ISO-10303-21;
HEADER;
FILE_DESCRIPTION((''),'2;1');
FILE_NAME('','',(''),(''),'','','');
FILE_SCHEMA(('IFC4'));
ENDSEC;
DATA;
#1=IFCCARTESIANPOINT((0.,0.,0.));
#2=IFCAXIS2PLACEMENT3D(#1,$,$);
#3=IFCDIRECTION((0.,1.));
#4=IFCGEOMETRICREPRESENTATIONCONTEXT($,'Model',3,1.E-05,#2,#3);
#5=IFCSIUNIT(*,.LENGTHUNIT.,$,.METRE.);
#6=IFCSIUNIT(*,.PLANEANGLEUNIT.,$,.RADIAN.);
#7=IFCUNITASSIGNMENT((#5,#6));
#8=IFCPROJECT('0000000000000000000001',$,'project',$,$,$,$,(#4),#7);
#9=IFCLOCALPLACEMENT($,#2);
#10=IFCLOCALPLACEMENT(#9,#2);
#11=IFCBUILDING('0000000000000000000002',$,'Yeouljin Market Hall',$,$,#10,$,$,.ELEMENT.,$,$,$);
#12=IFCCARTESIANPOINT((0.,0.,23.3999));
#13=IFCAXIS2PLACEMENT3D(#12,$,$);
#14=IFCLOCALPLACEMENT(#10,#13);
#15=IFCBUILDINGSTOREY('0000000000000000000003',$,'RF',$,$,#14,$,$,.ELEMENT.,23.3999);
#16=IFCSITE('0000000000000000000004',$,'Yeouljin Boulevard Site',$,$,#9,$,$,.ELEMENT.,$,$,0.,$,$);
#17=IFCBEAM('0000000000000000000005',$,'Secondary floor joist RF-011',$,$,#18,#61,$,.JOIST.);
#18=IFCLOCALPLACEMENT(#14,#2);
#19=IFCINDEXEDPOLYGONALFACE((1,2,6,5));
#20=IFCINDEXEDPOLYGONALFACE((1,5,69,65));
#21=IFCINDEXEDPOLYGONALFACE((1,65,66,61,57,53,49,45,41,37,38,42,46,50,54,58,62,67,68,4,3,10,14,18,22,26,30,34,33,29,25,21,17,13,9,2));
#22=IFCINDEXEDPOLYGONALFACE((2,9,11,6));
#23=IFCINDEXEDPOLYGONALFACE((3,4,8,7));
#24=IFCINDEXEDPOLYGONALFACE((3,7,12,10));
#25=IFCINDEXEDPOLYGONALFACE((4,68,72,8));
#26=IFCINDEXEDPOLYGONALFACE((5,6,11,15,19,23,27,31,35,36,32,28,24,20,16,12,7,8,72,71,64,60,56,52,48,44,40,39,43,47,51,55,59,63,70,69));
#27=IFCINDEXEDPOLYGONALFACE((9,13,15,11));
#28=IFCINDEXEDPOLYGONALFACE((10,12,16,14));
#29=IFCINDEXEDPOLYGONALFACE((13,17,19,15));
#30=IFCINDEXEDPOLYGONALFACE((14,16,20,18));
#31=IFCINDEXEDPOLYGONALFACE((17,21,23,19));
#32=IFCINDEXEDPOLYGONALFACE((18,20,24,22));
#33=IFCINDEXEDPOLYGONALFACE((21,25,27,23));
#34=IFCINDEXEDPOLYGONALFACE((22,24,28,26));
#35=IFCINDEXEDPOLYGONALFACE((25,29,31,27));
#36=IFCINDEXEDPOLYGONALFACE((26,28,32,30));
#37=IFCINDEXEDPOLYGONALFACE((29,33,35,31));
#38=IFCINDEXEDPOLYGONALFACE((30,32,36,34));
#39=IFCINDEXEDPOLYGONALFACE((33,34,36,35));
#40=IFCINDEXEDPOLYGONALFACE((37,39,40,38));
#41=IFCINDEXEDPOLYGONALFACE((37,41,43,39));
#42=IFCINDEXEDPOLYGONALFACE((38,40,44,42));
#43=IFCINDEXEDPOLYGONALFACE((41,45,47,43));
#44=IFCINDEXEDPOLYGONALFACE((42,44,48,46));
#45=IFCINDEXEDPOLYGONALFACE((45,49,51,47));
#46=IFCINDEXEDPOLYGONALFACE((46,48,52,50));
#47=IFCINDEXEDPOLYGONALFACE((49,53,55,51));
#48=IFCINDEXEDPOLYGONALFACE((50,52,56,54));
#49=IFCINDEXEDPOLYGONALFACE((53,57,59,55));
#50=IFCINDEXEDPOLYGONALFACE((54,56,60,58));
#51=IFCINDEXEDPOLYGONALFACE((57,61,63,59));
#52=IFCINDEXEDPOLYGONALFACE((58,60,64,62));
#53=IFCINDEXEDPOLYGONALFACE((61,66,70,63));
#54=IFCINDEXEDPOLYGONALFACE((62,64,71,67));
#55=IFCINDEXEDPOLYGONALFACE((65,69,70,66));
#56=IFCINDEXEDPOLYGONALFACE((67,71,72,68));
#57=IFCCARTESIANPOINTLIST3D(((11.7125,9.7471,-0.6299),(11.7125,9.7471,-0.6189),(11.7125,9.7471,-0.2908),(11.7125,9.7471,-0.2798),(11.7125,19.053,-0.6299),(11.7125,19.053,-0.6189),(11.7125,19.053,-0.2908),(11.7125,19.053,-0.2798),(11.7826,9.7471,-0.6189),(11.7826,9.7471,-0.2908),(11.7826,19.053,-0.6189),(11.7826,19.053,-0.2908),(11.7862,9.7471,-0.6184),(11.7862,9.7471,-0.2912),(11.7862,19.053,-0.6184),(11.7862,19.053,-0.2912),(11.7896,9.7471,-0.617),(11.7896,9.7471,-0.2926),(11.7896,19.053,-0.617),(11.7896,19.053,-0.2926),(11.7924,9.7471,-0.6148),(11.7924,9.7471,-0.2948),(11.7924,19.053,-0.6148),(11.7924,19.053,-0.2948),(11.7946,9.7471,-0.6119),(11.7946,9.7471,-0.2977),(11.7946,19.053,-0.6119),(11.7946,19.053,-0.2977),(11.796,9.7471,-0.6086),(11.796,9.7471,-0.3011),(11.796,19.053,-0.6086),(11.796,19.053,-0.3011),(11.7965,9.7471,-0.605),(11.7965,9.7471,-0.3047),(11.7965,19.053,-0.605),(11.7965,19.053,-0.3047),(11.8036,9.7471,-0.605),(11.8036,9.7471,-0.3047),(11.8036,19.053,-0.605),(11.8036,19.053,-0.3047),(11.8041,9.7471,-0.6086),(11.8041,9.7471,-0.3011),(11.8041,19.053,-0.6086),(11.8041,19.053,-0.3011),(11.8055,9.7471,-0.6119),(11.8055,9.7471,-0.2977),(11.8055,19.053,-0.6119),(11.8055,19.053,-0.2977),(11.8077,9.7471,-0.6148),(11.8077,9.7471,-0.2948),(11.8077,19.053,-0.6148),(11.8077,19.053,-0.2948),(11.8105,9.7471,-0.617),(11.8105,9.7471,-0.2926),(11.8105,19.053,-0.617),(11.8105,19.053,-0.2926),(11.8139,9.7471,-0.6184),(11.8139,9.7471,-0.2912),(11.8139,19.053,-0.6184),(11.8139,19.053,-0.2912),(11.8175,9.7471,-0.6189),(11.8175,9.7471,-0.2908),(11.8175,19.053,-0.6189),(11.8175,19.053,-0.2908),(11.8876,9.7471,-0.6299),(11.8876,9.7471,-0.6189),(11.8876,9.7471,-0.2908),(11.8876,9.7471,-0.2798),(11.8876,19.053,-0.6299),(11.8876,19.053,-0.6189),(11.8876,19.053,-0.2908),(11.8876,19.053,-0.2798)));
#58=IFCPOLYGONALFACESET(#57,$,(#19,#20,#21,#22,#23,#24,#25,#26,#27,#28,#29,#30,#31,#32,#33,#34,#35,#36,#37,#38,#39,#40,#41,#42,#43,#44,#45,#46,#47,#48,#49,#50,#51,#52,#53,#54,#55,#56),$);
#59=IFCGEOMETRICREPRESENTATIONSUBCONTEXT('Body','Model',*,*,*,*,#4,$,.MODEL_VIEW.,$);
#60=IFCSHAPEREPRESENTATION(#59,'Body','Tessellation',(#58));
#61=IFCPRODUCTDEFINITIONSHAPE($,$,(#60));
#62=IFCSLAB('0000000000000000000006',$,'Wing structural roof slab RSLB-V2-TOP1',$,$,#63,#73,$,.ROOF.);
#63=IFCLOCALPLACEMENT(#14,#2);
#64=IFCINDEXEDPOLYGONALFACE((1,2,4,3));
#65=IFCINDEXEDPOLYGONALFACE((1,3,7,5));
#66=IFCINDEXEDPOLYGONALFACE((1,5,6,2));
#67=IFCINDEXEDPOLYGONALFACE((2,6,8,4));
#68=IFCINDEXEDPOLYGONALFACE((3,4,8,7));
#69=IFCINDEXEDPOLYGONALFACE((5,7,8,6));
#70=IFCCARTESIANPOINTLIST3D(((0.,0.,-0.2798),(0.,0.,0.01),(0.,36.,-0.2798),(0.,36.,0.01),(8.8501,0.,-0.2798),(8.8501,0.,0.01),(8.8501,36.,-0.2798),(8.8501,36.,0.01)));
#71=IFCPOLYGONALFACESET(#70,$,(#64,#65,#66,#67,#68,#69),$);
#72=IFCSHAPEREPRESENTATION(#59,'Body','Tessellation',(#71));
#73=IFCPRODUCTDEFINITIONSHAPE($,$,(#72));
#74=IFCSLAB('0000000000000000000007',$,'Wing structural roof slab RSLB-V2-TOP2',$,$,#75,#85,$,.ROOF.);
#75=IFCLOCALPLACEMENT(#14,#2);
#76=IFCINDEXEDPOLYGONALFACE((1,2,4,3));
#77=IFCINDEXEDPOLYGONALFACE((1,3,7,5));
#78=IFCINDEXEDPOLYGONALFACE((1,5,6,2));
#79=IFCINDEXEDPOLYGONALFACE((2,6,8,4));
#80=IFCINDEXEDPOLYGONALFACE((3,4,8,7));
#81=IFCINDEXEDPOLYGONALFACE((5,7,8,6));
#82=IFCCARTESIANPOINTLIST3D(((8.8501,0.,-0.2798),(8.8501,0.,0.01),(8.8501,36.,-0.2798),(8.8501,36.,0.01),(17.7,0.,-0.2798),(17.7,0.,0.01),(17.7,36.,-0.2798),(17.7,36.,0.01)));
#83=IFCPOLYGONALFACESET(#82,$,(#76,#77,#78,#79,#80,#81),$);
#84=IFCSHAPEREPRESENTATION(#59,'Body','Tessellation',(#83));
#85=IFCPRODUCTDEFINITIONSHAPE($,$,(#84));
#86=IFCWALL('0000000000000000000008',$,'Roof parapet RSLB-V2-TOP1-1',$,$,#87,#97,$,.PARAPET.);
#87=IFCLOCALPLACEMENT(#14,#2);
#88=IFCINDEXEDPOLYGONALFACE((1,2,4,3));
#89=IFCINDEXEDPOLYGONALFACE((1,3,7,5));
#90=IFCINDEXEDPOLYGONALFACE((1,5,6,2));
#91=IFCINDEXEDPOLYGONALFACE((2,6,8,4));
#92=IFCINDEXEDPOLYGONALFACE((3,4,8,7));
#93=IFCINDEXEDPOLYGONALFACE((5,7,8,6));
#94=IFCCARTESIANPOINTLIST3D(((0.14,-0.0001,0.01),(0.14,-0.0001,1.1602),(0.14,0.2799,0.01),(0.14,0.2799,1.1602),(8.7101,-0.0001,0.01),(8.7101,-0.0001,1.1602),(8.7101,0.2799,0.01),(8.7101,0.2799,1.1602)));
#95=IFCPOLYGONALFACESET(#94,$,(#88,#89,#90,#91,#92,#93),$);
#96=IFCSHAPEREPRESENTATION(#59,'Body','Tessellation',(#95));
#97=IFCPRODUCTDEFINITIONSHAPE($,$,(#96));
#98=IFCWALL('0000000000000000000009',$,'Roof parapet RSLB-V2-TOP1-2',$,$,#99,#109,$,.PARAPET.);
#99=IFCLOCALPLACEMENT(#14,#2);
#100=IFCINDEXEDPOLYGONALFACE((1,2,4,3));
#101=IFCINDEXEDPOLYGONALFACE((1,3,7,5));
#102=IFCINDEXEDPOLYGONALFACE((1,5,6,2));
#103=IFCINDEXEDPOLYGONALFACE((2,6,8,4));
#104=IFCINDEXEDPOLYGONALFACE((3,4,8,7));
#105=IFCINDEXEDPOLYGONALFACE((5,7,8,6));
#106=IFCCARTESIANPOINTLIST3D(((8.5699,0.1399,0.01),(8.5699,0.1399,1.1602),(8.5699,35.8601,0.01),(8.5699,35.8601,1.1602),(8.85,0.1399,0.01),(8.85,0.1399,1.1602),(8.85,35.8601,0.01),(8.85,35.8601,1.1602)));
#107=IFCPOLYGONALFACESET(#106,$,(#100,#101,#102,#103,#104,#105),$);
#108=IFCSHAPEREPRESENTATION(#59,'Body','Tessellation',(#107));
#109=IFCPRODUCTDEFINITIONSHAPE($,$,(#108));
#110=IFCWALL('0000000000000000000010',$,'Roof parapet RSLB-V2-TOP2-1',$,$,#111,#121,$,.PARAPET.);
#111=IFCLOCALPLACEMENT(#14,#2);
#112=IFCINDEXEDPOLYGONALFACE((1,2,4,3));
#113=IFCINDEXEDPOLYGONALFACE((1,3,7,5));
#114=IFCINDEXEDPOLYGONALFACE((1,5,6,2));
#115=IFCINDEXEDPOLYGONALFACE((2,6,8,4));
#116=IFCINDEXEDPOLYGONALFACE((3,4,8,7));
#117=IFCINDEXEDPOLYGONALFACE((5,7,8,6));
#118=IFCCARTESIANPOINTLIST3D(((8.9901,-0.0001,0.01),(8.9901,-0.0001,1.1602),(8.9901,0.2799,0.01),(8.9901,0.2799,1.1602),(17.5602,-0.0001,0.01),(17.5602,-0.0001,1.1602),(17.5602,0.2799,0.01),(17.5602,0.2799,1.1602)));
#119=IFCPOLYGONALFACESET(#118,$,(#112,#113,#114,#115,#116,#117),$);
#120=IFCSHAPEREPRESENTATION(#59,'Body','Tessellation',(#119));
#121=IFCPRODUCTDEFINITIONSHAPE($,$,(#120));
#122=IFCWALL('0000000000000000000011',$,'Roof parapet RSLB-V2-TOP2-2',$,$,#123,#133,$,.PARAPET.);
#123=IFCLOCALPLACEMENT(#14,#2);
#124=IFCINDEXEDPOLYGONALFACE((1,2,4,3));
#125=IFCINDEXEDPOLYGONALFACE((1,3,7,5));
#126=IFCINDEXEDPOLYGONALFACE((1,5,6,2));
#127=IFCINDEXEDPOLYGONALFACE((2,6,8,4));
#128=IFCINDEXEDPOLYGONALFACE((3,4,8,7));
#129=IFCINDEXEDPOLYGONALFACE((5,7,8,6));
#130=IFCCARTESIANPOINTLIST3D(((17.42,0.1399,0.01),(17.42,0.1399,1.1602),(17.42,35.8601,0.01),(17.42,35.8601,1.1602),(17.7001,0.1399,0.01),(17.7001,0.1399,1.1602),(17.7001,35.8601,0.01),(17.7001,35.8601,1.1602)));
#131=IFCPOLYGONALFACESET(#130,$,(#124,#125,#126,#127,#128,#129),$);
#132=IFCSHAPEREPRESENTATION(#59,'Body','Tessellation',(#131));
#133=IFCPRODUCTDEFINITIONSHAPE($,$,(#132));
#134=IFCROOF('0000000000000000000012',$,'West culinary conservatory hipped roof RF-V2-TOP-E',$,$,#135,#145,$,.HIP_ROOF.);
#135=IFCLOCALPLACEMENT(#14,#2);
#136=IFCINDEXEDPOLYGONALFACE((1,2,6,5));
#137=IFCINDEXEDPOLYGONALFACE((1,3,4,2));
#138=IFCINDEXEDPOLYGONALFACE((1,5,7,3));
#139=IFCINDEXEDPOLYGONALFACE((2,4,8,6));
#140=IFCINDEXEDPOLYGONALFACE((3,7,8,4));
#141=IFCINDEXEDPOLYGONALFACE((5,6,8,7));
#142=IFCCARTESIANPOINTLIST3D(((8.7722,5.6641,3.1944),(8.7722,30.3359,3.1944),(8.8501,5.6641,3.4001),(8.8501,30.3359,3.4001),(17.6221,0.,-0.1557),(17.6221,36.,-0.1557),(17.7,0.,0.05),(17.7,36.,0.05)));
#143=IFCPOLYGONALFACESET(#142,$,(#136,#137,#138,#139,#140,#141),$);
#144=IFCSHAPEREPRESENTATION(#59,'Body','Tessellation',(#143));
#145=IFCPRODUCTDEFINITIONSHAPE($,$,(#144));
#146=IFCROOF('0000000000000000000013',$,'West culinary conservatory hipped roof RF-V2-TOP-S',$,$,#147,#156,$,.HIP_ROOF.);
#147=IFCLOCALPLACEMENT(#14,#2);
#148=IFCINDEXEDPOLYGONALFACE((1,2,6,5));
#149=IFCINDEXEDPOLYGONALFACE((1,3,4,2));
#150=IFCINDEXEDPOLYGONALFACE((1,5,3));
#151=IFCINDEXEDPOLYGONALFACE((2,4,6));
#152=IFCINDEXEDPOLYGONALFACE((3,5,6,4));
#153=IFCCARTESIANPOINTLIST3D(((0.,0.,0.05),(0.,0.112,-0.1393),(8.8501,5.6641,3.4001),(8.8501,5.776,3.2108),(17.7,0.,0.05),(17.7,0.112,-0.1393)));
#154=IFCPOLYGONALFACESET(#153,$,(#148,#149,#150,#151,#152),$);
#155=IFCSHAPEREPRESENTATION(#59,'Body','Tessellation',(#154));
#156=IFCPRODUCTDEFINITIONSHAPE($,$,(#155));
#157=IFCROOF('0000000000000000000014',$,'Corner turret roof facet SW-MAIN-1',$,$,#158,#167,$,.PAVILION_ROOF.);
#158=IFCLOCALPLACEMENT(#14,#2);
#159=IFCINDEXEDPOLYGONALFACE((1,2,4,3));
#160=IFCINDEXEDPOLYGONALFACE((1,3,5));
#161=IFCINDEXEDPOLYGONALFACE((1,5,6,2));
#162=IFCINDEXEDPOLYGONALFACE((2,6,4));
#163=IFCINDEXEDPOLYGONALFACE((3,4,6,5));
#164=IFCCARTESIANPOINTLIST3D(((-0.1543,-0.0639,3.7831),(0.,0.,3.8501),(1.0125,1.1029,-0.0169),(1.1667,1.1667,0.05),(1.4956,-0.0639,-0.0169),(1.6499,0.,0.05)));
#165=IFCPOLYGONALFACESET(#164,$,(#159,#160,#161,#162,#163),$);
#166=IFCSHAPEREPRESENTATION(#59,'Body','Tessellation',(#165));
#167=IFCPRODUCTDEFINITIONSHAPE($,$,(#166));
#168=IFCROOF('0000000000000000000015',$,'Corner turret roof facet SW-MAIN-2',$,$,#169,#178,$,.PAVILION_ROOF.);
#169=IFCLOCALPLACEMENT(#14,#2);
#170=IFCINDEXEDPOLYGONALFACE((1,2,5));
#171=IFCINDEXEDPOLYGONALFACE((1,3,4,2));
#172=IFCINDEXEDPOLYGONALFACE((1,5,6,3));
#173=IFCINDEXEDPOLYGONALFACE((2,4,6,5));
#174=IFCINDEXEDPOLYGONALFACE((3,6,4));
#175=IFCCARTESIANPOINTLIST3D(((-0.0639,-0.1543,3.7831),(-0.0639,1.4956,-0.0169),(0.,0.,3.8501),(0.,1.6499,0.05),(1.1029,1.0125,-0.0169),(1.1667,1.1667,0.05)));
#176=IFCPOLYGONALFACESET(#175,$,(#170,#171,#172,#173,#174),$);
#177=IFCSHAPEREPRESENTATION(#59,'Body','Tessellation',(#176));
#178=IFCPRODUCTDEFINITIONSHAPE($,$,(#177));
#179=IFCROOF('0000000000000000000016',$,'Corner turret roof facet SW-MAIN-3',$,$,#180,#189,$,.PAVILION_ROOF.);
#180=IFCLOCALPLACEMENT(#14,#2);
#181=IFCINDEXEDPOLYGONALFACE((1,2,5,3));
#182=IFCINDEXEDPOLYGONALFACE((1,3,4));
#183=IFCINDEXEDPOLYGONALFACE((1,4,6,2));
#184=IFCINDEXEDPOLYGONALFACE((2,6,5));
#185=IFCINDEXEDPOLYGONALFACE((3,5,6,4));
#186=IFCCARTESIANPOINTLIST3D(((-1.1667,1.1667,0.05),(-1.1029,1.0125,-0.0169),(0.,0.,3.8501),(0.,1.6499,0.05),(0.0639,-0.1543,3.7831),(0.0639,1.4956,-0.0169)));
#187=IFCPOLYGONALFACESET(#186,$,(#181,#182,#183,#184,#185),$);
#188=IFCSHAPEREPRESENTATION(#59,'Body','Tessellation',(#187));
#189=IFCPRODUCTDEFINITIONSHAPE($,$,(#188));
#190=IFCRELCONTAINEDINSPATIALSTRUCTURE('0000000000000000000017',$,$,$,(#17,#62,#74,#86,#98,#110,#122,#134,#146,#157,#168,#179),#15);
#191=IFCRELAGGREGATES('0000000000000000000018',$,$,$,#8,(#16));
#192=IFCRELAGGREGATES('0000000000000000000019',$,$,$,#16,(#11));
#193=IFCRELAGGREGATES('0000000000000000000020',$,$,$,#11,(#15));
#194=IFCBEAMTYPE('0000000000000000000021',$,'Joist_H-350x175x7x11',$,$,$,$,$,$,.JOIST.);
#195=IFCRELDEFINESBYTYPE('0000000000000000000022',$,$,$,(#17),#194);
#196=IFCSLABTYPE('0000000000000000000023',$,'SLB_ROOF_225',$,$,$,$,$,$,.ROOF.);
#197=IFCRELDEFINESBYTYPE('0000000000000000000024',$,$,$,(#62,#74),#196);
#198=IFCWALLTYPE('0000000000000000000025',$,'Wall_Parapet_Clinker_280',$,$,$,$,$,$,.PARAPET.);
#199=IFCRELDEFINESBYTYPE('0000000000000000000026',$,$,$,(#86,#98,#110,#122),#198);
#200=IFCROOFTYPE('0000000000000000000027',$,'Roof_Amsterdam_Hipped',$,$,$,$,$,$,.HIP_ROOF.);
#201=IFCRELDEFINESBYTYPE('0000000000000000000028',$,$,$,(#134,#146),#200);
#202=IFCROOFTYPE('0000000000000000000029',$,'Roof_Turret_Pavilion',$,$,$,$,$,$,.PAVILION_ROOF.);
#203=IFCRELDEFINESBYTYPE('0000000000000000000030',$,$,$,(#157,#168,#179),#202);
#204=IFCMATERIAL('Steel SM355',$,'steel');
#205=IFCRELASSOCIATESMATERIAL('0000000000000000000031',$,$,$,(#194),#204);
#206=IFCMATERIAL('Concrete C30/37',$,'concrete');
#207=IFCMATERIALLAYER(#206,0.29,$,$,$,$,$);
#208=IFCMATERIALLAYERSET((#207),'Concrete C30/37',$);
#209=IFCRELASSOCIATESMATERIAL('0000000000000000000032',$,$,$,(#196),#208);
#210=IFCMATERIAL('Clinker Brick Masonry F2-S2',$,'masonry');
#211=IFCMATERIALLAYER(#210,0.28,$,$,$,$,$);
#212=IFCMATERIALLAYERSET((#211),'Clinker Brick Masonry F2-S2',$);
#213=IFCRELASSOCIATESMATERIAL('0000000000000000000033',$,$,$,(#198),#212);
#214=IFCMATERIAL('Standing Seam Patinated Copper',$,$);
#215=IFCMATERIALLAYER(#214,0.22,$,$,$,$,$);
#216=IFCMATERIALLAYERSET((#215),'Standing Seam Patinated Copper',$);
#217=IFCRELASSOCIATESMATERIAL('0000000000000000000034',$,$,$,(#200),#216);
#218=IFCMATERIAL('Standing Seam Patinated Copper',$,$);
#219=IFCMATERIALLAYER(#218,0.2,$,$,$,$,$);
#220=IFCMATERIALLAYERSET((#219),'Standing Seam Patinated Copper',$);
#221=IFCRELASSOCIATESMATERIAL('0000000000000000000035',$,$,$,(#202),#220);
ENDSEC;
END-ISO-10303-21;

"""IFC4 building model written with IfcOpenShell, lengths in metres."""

from ifc_helpers import new_model, si_unit, direction, frame, frame_2d, origin, origin_2d, place, context, subcontext, project, spatial, polyline, rectangle, i_section, outline, extrude, material, layer, layer_set, material_profile, profile_set, type_object, element, save


model = new_model("IFC4")

# Units and contexts
model_context = context("Model", 3, precision=1e-05, world=origin(), true_north=direction((0.0, 1.0)))
body_context = subcontext(model_context, "Body", "Model", "MODEL_VIEW")
ifc_project = project(units=[si_unit("LENGTHUNIT", "METRE"), si_unit("PLANEANGLEUNIT", "RADIAN")], contexts=[model_context])

# Site, building, storey
site_placement = place(None, origin())
site = spatial("IfcSite", under=ifc_project, at=site_placement, Name="Yeouljin Boulevard Site", CompositionType="ELEMENT", RefElevation=0.0)
building_placement = place(site_placement, origin())
building = spatial("IfcBuilding", under=site, at=building_placement, Name="Yeouljin Market Hall", CompositionType="ELEMENT")
storey_placement = place(building_placement, frame((0.0, 0.0, 23.3999)))
storey = spatial("IfcBuildingStorey", under=building, at=storey_placement, Name="RF", CompositionType="ELEMENT", Elevation=23.3999)

# Beam
ifc_material_1 = material(Name="Steel SM355", Category="steel")
ifc_material_profile_1 = material_profile(ifc_material_1, i_section(OverallWidth=0.175, OverallDepth=0.3501, WebThickness=0.0071, FlangeThickness=0.011, FilletRadius=0.0139, at=origin_2d()), Name="H-350x175x7x11")
ifc_profile_set_1 = profile_set([ifc_material_profile_1], Name="Steel SM355")
beam_type_1 = type_object("IfcBeamType", Name="Joist_H-350x175x7x11", PredefinedType="JOIST", material=ifc_profile_set_1)
for number, where, z_axis, x_axis, name in (
    (1, (11.8, 9.7471, -0.4548), (0.0, 1.0, 0.0), (-1.0, 0.0, 0.0), "Secondary floor joist RF-011"),
):
    element("IfcBeam", number, at=place(storey_placement, frame(where, z_axis=z_axis, x_axis=x_axis)), inside=storey, type_object=beam_type_1, Name=name, PredefinedType="JOIST", context=body_context, shape_type="SweptSolid", body=[
        extrude(i_section(OverallWidth=0.175, OverallDepth=0.3501, WebThickness=0.0071, FlangeThickness=0.011, FilletRadius=0.0139, at=origin_2d()), origin(), (0.0, 0.0, 1.0), 9.3059),
    ])

# Slabs
ifc_material_2 = material(Name="Concrete C30/37", Category="concrete")
ifc_layer_1 = layer(ifc_material_2, 0.29)
ifc_layer_set_1 = layer_set([ifc_layer_1], Name="Concrete C30/37")
slab_type = type_object("IfcSlabType", Name="SLB_ROOF_225", PredefinedType="ROOF", material=ifc_layer_set_1)
slab_1_placement = place(storey_placement, frame((0.0, 0.0, -0.2798)))
element("IfcSlab", 2, at=slab_1_placement, inside=storey, type_object=slab_type, Name="Wing structural roof slab RSLB-V2-TOP1", PredefinedType="ROOF", context=body_context, shape_type="SweptSolid", body=[
    extrude(outline(polyline([(0.0, 0.0), (8.8501, 0.0), (8.8501, 36.0), (0.0, 36.0), (0.0, 0.0)])), origin(), (0.0, 0.0, 1.0), 0.2898),
])
slab_2_placement = place(storey_placement, frame((0.0, 0.0, -0.2798)))
element("IfcSlab", 3, at=slab_2_placement, inside=storey, type_object=slab_type, Name="Wing structural roof slab RSLB-V2-TOP2", PredefinedType="ROOF", context=body_context, shape_type="SweptSolid", body=[
    extrude(outline(polyline([(8.8501, 0.0), (17.7, 0.0), (17.7, 36.0), (8.8501, 36.0), (8.8501, 0.0)])), origin(), (0.0, 0.0, 1.0), 0.2898),
])

# Walls
ifc_material_3 = material(Name="Clinker Brick Masonry F2-S2", Category="masonry")
ifc_layer_2 = layer(ifc_material_3, 0.28)
ifc_layer_set_2 = layer_set([ifc_layer_2], Name="Clinker Brick Masonry F2-S2")
wall_type = type_object("IfcWallType", Name="Wall_Parapet_Clinker_280", PredefinedType="PARAPET", material=ifc_layer_set_2)
wall_1_placement = place(storey_placement, frame((0.1399, 0.1399, 0.01), z_axis=(0.0, 0.0, 1.0), x_axis=(1.0, 0.0, 0.0)))
element("IfcWall", 4, at=wall_1_placement, inside=storey, type_object=wall_type, Name="Roof parapet RSLB-V2-TOP1-1", PredefinedType="PARAPET", context=body_context, shape_type="SweptSolid", body=[
    extrude(rectangle(XDim=8.5701, YDim=0.28, at=frame_2d((4.2852, 0.0))), origin(), (0.0, 0.0, 1.0), 1.1501),
])
wall_2_placement = place(storey_placement, frame((8.71, 0.1399, 0.01), z_axis=(0.0, 0.0, 1.0), x_axis=(0.0, 1.0, 0.0)))
element("IfcWall", 5, at=wall_2_placement, inside=storey, type_object=wall_type, Name="Roof parapet RSLB-V2-TOP1-2", PredefinedType="PARAPET", context=body_context, shape_type="SweptSolid", body=[
    extrude(rectangle(XDim=35.7202, YDim=0.28, at=frame_2d((17.8601, 0.0))), origin(), (0.0, 0.0, 1.0), 1.1501),
])
wall_3_placement = place(storey_placement, frame((8.99, 0.1399, 0.01), z_axis=(0.0, 0.0, 1.0), x_axis=(1.0, 0.0, 0.0)))
element("IfcWall", 6, at=wall_3_placement, inside=storey, type_object=wall_type, Name="Roof parapet RSLB-V2-TOP2-1", PredefinedType="PARAPET", context=body_context, shape_type="SweptSolid", body=[
    extrude(rectangle(XDim=8.5701, YDim=0.28, at=frame_2d((4.2852, 0.0))), origin(), (0.0, 0.0, 1.0), 1.1501),
])
wall_4_placement = place(storey_placement, frame((17.5601, 0.1399, 0.01), z_axis=(0.0, 0.0, 1.0), x_axis=(0.0, 1.0, 0.0)))
element("IfcWall", 7, at=wall_4_placement, inside=storey, type_object=wall_type, Name="Roof parapet RSLB-V2-TOP2-2", PredefinedType="PARAPET", context=body_context, shape_type="SweptSolid", body=[
    extrude(rectangle(XDim=35.7202, YDim=0.28, at=frame_2d((17.8601, 0.0))), origin(), (0.0, 0.0, 1.0), 1.1501),
])

# Roofs
ifc_material_4 = material(Name="Standing Seam Patinated Copper")
ifc_layer_3 = layer(ifc_material_4, 0.22)
ifc_layer_set_3 = layer_set([ifc_layer_3], Name="Standing Seam Patinated Copper")
roof_type_1 = type_object("IfcRoofType", Name="Roof_Amsterdam_Hipped", PredefinedType="HIP_ROOF", material=ifc_layer_set_3)
roof_1_placement = place(storey_placement, frame((17.7, 0.0, 0.05), z_axis=(0.354031, 0.0, 0.935234), x_axis=(0.0, 1.0, 0.0)))
element("IfcRoof", 8, at=roof_1_placement, inside=storey, type_object=roof_type_1, Name="West culinary conservatory hipped roof RF-V2-TOP-E", PredefinedType="HIP_ROOF", context=body_context, shape_type="SweptSolid", body=[
    extrude(outline(polyline([(0.0, 0.0), (36.0, 0.0), (30.3359, 9.4627), (5.6641, 9.4627), (0.0, 0.0)])), origin(), (0.0, 0.0, -1.0), 0.22),
])
roof_2_placement = place(storey_placement, frame((0.0, 0.0, 0.05), z_axis=(0.0, -0.509084, 0.860717), x_axis=(1.0, 0.0, 0.0)))
element("IfcRoof", 9, at=roof_2_placement, inside=storey, type_object=roof_type_1, Name="West culinary conservatory hipped roof RF-V2-TOP-S", PredefinedType="HIP_ROOF", context=body_context, shape_type="SweptSolid", body=[
    extrude(outline(polyline([(0.0, 0.0), (17.7, 0.0), (8.8501, 6.5806), (0.0, 0.0)])), origin(), (0.0, 0.0, -1.0), 0.22),
])
ifc_material_5 = material(Name="Standing Seam Patinated Copper")
ifc_layer_4 = layer(ifc_material_5, 0.2)
ifc_layer_set_4 = layer_set([ifc_layer_4], Name="Standing Seam Patinated Copper")
roof_type_2 = type_object("IfcRoofType", Name="Roof_Turret_Pavilion", PredefinedType="PAVILION_ROOF", material=ifc_layer_set_4)
roof_3_placement = place(storey_placement, frame((0.0, 0.0, 3.8501), z_axis=(0.857495, 0.355092, 0.372307), x_axis=(0.398261, 0.0, -0.917272)))
element("IfcRoof", 10, at=roof_3_placement, inside=storey, type_object=roof_type_2, Name="Corner turret roof facet SW-MAIN-1", PredefinedType="PAVILION_ROOF", context=body_context, shape_type="SweptSolid", body=[
    extrude(outline(polyline([(0.0, 0.0), (4.1428, 0.0), (3.9503, 1.2481), (0.0, 0.0)])), origin(), (0.0, 0.0, -1.0), 0.1799),
])
roof_4_placement = place(storey_placement, frame((0.0, 0.0, 3.8501), z_axis=(0.355092, 0.857495, 0.372307), x_axis=(0.281631, 0.281631, -0.917261)))
element("IfcRoof", 11, at=roof_4_placement, inside=storey, type_object=roof_type_2, Name="Corner turret roof facet SW-MAIN-2", PredefinedType="PAVILION_ROOF", context=body_context, shape_type="SweptSolid", body=[
    extrude(outline(polyline([(0.0, 0.0), (4.1428, 0.0), (3.9503, 1.2481), (0.0, 0.0)])), origin(), (0.0, 0.0, -1.0), 0.1799),
])
roof_5_placement = place(storey_placement, frame((0.0, 0.0, 3.8501), z_axis=(-0.355092, 0.857495, 0.372307), x_axis=(0.0, 0.398261, -0.917272)))
element("IfcRoof", 12, at=roof_5_placement, inside=storey, type_object=roof_type_2, Name="Corner turret roof facet SW-MAIN-3", PredefinedType="PAVILION_ROOF", context=body_context, shape_type="SweptSolid", body=[
    extrude(outline(polyline([(0.0, 0.0), (4.1428, 0.0), (3.9503, 1.2481), (0.0, 0.0)])), origin(), (0.0, 0.0, -1.0), 0.1799),
])

save(model, "model.ifc")
